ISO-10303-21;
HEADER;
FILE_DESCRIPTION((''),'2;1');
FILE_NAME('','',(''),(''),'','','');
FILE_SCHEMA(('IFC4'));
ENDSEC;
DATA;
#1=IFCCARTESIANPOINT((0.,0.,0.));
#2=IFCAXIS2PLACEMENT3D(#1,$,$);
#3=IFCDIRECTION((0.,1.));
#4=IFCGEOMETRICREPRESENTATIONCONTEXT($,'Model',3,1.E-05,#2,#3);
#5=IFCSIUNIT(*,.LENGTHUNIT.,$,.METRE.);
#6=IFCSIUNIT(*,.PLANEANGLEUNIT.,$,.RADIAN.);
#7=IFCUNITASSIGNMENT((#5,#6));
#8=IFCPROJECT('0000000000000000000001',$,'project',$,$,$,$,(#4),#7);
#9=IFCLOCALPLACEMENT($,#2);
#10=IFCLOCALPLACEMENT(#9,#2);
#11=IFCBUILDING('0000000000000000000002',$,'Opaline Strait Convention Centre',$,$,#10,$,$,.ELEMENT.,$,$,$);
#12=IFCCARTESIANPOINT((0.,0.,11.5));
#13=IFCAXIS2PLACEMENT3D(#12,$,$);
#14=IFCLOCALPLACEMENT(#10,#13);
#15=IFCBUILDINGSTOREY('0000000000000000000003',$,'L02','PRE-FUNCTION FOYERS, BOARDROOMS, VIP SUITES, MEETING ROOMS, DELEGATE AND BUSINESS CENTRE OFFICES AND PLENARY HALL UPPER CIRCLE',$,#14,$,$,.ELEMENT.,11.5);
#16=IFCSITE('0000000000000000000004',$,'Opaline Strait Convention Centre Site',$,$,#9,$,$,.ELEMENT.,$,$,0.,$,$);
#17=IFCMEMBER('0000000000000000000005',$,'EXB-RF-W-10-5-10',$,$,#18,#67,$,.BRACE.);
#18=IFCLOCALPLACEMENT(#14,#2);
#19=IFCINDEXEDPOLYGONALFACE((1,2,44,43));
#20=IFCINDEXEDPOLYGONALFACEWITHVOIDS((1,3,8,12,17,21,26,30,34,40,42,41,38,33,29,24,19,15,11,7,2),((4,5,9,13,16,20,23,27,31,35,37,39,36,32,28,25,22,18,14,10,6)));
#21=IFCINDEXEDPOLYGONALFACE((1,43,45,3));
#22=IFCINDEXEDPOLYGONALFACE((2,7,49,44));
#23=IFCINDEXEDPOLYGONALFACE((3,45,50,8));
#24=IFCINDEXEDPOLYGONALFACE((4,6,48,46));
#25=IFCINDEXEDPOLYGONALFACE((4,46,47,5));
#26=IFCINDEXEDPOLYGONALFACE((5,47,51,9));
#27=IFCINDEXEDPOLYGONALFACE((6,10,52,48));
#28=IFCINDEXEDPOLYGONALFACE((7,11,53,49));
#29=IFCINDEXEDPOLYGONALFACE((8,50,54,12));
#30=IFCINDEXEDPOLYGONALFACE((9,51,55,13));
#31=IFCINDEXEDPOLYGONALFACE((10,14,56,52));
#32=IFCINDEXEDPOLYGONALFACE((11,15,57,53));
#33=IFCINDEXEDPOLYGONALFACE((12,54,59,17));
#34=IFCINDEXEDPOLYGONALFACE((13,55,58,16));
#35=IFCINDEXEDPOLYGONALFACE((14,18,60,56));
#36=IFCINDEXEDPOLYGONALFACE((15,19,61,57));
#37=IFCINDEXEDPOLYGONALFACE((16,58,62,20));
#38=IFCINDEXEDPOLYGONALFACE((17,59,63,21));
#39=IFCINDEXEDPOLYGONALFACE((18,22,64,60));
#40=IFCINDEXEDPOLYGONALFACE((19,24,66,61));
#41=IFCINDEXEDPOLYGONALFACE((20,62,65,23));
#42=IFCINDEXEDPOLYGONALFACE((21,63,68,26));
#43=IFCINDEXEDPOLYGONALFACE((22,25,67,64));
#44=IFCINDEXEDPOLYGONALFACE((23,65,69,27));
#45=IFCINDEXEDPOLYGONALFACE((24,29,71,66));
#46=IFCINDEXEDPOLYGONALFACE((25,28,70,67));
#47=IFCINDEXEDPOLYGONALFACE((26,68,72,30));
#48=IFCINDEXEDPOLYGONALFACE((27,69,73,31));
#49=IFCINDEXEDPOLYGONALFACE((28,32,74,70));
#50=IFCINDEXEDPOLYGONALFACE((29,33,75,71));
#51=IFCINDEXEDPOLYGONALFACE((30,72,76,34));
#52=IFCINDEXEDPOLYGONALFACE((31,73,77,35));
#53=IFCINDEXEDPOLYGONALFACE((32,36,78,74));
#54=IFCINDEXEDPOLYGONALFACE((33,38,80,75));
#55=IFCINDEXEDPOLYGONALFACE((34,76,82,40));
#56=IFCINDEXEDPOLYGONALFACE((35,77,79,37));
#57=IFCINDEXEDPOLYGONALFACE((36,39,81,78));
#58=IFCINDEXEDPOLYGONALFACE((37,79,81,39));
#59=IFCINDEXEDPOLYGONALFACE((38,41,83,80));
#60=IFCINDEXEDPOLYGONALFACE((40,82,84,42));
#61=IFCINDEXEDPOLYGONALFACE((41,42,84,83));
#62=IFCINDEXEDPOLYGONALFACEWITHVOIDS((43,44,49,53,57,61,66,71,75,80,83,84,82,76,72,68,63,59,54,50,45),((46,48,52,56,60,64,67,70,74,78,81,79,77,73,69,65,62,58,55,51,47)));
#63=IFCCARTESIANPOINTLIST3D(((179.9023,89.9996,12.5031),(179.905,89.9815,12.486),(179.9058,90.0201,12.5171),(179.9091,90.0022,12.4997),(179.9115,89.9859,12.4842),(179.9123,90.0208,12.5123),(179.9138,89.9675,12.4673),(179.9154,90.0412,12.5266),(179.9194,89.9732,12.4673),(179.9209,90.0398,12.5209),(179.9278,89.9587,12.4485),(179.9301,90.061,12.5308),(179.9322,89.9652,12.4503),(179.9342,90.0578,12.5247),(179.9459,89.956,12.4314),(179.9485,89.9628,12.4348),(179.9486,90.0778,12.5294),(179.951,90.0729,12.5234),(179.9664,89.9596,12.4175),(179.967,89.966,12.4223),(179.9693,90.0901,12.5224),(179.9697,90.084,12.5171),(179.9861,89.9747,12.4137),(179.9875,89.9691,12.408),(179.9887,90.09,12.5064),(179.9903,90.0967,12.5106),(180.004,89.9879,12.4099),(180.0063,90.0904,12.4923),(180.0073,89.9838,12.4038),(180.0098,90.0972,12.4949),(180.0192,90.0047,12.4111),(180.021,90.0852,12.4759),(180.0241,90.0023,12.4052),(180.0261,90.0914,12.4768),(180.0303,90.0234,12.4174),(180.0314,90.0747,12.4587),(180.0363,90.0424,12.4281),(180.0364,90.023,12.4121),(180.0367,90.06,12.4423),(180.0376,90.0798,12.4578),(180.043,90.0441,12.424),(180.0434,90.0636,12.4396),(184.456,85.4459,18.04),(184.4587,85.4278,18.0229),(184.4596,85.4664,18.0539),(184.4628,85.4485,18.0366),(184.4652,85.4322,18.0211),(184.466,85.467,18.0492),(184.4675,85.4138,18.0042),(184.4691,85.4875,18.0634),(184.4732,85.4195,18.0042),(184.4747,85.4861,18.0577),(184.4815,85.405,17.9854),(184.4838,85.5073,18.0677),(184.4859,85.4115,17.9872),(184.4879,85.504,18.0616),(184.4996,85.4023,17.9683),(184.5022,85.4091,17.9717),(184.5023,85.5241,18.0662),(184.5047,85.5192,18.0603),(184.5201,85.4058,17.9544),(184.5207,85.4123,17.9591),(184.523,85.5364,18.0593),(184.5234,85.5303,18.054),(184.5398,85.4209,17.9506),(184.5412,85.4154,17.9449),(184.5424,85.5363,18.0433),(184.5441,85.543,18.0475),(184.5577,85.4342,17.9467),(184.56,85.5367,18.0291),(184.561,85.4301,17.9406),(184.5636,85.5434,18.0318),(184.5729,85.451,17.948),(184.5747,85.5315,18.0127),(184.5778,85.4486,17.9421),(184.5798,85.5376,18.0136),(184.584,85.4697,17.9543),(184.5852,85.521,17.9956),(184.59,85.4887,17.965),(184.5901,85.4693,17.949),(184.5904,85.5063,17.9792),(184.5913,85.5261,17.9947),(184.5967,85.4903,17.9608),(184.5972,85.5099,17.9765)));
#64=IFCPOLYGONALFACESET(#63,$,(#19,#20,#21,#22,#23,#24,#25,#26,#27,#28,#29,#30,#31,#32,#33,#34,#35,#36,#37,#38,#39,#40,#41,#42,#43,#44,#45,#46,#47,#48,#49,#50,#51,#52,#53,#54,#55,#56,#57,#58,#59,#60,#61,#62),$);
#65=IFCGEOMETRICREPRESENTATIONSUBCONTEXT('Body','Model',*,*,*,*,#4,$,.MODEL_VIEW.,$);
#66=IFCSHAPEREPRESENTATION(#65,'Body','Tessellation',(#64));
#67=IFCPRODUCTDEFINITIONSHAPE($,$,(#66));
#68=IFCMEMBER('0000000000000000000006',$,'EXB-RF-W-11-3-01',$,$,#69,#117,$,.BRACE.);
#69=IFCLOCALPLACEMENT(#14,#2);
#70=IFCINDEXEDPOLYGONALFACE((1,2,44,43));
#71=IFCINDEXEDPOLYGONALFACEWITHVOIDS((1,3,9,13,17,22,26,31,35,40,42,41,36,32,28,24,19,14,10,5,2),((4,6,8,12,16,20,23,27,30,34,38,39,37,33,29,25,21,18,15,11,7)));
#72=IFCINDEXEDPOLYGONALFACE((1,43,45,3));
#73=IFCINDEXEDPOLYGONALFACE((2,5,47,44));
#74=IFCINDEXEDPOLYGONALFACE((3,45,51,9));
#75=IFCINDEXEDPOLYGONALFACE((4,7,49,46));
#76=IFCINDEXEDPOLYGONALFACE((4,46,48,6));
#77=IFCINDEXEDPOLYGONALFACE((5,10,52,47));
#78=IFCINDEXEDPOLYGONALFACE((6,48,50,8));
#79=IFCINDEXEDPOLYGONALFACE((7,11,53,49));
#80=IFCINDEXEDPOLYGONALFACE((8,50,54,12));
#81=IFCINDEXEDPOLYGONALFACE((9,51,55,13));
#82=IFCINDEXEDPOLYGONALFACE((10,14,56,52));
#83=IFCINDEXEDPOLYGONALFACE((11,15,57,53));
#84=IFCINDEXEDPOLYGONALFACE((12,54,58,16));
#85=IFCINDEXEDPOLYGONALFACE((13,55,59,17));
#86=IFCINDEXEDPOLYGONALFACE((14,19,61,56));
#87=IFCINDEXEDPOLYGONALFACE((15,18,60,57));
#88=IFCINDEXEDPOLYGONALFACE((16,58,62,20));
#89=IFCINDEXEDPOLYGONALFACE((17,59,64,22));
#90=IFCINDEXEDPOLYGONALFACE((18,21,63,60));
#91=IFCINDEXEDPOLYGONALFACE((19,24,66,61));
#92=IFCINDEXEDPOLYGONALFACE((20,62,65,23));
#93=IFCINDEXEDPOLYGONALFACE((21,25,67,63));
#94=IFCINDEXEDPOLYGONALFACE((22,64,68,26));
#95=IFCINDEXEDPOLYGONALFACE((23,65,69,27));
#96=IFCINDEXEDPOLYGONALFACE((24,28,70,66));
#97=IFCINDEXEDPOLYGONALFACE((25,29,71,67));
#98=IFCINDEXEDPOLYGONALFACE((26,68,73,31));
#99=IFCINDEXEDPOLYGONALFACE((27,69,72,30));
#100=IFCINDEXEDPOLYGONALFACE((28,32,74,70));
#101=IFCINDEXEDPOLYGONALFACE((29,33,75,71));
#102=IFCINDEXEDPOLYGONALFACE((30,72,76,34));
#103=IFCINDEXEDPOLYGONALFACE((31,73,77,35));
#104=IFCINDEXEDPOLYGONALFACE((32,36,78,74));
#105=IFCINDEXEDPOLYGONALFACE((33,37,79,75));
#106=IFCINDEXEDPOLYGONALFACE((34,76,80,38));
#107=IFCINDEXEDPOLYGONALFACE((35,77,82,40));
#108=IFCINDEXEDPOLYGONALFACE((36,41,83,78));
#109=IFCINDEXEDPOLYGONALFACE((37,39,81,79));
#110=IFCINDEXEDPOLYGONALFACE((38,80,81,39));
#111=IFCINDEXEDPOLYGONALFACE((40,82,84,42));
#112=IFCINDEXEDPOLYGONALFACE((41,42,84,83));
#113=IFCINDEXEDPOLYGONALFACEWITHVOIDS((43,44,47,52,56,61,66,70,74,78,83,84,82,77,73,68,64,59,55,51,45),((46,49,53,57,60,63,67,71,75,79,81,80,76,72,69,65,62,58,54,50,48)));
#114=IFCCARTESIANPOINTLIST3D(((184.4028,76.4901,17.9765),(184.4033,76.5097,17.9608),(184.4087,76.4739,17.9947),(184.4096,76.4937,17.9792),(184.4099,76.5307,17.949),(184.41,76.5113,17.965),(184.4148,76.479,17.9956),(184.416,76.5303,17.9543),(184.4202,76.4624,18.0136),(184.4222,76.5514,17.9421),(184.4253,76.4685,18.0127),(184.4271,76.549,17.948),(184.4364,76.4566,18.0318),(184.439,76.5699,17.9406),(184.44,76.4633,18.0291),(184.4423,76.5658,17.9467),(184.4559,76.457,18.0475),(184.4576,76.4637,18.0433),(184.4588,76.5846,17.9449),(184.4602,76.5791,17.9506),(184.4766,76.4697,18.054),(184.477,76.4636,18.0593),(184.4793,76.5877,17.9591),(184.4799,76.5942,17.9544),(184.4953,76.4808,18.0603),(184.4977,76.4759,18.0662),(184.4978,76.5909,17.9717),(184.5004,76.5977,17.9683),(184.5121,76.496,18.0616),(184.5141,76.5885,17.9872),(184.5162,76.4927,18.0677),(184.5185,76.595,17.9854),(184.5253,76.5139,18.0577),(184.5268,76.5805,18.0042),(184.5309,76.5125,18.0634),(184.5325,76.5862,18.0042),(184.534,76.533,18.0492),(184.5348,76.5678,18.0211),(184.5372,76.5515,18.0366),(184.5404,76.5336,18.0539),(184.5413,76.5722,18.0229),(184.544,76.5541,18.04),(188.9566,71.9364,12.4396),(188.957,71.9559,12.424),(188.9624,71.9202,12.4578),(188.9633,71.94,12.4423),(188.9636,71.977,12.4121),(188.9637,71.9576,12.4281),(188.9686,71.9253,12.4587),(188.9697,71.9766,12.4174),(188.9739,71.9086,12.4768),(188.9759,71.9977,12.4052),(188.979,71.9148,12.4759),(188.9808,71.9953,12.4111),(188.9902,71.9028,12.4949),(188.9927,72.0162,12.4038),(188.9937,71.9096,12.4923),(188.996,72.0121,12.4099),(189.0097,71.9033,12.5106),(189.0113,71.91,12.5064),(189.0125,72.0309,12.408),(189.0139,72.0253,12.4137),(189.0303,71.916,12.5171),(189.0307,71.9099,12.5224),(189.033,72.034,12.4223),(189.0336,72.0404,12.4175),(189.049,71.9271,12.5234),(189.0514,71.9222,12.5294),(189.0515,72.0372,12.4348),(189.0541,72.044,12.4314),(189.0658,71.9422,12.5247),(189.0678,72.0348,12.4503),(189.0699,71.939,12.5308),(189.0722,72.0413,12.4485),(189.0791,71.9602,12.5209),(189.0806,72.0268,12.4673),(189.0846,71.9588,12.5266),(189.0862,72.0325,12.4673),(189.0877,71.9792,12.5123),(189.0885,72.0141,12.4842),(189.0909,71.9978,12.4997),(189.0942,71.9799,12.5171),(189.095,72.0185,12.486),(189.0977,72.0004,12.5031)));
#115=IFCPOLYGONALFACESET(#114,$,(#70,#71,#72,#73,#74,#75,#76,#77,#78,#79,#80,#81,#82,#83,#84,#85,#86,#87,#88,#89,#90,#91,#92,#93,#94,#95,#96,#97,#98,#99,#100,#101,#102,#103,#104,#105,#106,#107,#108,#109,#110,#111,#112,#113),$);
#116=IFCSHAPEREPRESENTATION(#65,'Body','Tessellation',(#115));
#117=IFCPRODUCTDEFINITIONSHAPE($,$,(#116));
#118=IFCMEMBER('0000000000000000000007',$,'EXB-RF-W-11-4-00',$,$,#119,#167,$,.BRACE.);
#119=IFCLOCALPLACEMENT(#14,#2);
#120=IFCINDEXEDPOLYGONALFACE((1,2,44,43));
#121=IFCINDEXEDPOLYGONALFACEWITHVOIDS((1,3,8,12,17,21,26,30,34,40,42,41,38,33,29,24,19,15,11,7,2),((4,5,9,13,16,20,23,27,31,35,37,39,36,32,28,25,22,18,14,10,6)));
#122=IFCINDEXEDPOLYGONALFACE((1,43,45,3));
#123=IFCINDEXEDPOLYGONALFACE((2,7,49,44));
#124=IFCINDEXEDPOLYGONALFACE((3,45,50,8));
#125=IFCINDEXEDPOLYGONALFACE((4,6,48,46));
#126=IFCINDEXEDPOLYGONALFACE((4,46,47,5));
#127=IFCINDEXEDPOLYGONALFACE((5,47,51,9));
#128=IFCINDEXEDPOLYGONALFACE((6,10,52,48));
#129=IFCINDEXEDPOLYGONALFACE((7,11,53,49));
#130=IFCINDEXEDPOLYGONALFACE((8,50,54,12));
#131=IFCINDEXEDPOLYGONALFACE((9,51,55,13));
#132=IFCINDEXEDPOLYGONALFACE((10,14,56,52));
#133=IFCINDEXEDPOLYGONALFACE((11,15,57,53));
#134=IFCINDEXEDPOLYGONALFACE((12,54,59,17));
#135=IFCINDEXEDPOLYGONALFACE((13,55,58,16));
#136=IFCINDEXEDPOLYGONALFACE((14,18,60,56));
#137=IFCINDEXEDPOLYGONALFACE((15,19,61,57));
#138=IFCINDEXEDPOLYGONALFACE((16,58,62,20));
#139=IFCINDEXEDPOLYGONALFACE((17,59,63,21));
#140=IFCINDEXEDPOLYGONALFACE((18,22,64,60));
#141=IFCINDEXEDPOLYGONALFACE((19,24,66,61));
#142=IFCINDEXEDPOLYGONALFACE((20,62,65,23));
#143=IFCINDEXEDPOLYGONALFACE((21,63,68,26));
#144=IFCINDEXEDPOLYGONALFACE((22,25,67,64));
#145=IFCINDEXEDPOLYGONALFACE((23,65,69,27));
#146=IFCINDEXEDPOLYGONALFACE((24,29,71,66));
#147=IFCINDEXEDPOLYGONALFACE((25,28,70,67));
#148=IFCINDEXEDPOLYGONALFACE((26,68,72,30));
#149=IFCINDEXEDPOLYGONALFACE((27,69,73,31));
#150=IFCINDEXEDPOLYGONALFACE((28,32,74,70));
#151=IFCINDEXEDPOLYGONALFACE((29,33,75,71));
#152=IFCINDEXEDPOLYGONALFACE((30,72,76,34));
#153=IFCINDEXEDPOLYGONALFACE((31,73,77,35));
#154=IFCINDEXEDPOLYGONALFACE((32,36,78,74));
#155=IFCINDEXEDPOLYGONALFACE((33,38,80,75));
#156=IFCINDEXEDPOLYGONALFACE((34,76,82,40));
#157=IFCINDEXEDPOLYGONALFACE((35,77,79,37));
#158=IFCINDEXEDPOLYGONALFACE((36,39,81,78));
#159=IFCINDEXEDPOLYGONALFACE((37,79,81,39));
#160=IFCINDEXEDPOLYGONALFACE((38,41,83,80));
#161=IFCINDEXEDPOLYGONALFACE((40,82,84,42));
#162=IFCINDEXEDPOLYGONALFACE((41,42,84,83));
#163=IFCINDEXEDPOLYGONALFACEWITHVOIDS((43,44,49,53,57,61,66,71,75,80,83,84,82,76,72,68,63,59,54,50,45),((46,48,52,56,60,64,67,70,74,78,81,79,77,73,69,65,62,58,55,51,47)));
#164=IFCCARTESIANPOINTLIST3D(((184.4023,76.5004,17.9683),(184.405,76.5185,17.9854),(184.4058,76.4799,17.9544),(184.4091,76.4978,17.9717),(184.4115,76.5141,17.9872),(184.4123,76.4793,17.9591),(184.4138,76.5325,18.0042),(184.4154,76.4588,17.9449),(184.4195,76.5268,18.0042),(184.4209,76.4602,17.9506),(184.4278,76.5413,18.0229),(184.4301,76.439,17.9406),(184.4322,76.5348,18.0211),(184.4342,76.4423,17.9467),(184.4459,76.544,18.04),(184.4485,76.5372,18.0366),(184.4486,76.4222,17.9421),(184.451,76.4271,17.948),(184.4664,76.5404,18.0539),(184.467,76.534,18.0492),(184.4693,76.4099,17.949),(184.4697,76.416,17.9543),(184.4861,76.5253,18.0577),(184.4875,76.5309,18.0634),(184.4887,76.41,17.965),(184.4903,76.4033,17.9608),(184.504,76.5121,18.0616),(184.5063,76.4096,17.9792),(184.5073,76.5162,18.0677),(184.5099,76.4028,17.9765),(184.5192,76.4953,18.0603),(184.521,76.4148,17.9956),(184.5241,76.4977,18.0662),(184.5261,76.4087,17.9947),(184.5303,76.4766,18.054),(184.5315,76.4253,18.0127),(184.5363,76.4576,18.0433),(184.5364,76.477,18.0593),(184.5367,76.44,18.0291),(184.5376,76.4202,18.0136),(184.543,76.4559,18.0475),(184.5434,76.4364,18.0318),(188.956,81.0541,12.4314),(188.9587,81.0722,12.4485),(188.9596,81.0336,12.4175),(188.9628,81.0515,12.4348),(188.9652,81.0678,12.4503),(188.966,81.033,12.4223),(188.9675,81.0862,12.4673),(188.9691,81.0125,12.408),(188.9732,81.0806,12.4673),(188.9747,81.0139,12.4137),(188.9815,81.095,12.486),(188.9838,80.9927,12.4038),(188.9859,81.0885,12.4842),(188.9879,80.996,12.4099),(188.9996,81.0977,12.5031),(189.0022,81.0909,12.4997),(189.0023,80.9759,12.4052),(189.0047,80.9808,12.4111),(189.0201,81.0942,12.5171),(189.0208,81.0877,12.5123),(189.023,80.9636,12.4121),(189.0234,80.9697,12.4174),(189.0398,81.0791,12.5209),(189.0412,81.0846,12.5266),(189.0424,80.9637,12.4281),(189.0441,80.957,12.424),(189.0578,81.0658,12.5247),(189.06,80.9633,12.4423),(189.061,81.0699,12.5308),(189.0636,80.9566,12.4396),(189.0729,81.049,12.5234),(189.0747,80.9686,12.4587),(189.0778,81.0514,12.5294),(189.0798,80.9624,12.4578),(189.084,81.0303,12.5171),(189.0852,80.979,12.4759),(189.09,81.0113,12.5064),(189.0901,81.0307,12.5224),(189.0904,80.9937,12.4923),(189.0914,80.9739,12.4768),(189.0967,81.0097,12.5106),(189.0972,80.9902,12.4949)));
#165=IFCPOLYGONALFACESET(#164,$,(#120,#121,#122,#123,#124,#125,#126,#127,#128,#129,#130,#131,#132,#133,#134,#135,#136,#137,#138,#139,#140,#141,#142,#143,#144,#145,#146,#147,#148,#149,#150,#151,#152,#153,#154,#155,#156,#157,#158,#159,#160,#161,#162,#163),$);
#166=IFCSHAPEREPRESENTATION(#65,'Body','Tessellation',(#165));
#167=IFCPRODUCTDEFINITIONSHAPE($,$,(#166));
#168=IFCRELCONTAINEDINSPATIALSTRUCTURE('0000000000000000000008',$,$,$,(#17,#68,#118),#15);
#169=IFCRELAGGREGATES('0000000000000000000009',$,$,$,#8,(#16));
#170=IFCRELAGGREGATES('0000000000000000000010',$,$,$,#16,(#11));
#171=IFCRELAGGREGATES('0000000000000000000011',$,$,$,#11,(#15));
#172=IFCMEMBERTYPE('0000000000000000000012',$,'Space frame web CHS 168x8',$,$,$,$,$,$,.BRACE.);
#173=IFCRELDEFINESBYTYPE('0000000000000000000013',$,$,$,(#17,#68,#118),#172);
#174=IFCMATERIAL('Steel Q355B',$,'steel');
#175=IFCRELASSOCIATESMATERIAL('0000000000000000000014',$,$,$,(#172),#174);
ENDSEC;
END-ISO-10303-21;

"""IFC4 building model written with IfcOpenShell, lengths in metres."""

from ifc_helpers import new_model, si_unit, direction, frame, origin, origin_2d, place, context, subcontext, project, spatial, hollow_circle, extrude, material, material_profile, profile_set, type_object, element, save


model = new_model("IFC4")

# Units and contexts
model_context = context("Model", 3, precision=1e-05, world=origin(), true_north=direction((0.0, 1.0)))
body_context = subcontext(model_context, "Body", "Model", "MODEL_VIEW")
ifc_project = project(units=[si_unit("LENGTHUNIT", "METRE"), si_unit("PLANEANGLEUNIT", "RADIAN")], contexts=[model_context])

# Site, building, storey
site_placement = place(None, origin())
site = spatial("IfcSite", under=ifc_project, at=site_placement, Name="Opaline Strait Convention Centre Site", CompositionType="ELEMENT", RefElevation=0.0)
building_placement = place(site_placement, origin())
building = spatial("IfcBuilding", under=site, at=building_placement, Name="Opaline Strait Convention Centre", CompositionType="ELEMENT")
storey_placement = place(building_placement, frame((0.0, 0.0, 11.5)))
storey = spatial("IfcBuildingStorey", under=building, at=storey_placement, Name="L02", Description="PRE-FUNCTION FOYERS, BOARDROOMS, VIP SUITES, MEETING ROOMS, DELEGATE AND BUSINESS CENTRE OFFICES AND PLENARY HALL UPPER CIRCLE", CompositionType="ELEMENT", Elevation=11.5)

# Members
ifc_material_1 = material(Name="Steel Q355B", Category="steel")
ifc_material_profile_1 = material_profile(ifc_material_1, hollow_circle(Radius=0.084, WallThickness=0.0081, at=origin_2d()), Name="CHS 168x8")
ifc_profile_set_1 = profile_set([ifc_material_profile_1], Name="Steel Q355B")
member_type_1 = type_object("IfcMemberType", Name="Space frame web CHS 168x8", PredefinedType="BRACE", material=ifc_profile_set_1)
for number, where, z_axis, x_axis, name in (
    (1, (184.5269, 85.4731, 18.0042), (-0.536178, 0.536178, -0.65194), (-0.707107, -0.707107, 0.0), "EXB-RF-W-10-5-10"),
    (2, (184.4731, 76.5269, 18.0042), (0.536178, -0.536178, -0.65194), (0.707107, 0.707107, 0.0), "EXB-RF-W-11-3-01"),
    (3, (184.4731, 76.4731, 18.0042), (0.536178, 0.536178, -0.65194), (-0.707107, 0.707107, 0.0), "EXB-RF-W-11-4-00"),
):
    element("IfcMember", number, at=place(storey_placement, frame(where, z_axis=z_axis, x_axis=x_axis)), inside=storey, type_object=member_type_1, Name=name, PredefinedType="BRACE", context=body_context, shape_type="SweptSolid", body=[
        extrude(hollow_circle(Radius=0.084, WallThickness=0.0081, at=origin_2d()), origin(), (0.0, 0.0, 1.0), 8.4929),
    ])

save(model, "model.ifc")
